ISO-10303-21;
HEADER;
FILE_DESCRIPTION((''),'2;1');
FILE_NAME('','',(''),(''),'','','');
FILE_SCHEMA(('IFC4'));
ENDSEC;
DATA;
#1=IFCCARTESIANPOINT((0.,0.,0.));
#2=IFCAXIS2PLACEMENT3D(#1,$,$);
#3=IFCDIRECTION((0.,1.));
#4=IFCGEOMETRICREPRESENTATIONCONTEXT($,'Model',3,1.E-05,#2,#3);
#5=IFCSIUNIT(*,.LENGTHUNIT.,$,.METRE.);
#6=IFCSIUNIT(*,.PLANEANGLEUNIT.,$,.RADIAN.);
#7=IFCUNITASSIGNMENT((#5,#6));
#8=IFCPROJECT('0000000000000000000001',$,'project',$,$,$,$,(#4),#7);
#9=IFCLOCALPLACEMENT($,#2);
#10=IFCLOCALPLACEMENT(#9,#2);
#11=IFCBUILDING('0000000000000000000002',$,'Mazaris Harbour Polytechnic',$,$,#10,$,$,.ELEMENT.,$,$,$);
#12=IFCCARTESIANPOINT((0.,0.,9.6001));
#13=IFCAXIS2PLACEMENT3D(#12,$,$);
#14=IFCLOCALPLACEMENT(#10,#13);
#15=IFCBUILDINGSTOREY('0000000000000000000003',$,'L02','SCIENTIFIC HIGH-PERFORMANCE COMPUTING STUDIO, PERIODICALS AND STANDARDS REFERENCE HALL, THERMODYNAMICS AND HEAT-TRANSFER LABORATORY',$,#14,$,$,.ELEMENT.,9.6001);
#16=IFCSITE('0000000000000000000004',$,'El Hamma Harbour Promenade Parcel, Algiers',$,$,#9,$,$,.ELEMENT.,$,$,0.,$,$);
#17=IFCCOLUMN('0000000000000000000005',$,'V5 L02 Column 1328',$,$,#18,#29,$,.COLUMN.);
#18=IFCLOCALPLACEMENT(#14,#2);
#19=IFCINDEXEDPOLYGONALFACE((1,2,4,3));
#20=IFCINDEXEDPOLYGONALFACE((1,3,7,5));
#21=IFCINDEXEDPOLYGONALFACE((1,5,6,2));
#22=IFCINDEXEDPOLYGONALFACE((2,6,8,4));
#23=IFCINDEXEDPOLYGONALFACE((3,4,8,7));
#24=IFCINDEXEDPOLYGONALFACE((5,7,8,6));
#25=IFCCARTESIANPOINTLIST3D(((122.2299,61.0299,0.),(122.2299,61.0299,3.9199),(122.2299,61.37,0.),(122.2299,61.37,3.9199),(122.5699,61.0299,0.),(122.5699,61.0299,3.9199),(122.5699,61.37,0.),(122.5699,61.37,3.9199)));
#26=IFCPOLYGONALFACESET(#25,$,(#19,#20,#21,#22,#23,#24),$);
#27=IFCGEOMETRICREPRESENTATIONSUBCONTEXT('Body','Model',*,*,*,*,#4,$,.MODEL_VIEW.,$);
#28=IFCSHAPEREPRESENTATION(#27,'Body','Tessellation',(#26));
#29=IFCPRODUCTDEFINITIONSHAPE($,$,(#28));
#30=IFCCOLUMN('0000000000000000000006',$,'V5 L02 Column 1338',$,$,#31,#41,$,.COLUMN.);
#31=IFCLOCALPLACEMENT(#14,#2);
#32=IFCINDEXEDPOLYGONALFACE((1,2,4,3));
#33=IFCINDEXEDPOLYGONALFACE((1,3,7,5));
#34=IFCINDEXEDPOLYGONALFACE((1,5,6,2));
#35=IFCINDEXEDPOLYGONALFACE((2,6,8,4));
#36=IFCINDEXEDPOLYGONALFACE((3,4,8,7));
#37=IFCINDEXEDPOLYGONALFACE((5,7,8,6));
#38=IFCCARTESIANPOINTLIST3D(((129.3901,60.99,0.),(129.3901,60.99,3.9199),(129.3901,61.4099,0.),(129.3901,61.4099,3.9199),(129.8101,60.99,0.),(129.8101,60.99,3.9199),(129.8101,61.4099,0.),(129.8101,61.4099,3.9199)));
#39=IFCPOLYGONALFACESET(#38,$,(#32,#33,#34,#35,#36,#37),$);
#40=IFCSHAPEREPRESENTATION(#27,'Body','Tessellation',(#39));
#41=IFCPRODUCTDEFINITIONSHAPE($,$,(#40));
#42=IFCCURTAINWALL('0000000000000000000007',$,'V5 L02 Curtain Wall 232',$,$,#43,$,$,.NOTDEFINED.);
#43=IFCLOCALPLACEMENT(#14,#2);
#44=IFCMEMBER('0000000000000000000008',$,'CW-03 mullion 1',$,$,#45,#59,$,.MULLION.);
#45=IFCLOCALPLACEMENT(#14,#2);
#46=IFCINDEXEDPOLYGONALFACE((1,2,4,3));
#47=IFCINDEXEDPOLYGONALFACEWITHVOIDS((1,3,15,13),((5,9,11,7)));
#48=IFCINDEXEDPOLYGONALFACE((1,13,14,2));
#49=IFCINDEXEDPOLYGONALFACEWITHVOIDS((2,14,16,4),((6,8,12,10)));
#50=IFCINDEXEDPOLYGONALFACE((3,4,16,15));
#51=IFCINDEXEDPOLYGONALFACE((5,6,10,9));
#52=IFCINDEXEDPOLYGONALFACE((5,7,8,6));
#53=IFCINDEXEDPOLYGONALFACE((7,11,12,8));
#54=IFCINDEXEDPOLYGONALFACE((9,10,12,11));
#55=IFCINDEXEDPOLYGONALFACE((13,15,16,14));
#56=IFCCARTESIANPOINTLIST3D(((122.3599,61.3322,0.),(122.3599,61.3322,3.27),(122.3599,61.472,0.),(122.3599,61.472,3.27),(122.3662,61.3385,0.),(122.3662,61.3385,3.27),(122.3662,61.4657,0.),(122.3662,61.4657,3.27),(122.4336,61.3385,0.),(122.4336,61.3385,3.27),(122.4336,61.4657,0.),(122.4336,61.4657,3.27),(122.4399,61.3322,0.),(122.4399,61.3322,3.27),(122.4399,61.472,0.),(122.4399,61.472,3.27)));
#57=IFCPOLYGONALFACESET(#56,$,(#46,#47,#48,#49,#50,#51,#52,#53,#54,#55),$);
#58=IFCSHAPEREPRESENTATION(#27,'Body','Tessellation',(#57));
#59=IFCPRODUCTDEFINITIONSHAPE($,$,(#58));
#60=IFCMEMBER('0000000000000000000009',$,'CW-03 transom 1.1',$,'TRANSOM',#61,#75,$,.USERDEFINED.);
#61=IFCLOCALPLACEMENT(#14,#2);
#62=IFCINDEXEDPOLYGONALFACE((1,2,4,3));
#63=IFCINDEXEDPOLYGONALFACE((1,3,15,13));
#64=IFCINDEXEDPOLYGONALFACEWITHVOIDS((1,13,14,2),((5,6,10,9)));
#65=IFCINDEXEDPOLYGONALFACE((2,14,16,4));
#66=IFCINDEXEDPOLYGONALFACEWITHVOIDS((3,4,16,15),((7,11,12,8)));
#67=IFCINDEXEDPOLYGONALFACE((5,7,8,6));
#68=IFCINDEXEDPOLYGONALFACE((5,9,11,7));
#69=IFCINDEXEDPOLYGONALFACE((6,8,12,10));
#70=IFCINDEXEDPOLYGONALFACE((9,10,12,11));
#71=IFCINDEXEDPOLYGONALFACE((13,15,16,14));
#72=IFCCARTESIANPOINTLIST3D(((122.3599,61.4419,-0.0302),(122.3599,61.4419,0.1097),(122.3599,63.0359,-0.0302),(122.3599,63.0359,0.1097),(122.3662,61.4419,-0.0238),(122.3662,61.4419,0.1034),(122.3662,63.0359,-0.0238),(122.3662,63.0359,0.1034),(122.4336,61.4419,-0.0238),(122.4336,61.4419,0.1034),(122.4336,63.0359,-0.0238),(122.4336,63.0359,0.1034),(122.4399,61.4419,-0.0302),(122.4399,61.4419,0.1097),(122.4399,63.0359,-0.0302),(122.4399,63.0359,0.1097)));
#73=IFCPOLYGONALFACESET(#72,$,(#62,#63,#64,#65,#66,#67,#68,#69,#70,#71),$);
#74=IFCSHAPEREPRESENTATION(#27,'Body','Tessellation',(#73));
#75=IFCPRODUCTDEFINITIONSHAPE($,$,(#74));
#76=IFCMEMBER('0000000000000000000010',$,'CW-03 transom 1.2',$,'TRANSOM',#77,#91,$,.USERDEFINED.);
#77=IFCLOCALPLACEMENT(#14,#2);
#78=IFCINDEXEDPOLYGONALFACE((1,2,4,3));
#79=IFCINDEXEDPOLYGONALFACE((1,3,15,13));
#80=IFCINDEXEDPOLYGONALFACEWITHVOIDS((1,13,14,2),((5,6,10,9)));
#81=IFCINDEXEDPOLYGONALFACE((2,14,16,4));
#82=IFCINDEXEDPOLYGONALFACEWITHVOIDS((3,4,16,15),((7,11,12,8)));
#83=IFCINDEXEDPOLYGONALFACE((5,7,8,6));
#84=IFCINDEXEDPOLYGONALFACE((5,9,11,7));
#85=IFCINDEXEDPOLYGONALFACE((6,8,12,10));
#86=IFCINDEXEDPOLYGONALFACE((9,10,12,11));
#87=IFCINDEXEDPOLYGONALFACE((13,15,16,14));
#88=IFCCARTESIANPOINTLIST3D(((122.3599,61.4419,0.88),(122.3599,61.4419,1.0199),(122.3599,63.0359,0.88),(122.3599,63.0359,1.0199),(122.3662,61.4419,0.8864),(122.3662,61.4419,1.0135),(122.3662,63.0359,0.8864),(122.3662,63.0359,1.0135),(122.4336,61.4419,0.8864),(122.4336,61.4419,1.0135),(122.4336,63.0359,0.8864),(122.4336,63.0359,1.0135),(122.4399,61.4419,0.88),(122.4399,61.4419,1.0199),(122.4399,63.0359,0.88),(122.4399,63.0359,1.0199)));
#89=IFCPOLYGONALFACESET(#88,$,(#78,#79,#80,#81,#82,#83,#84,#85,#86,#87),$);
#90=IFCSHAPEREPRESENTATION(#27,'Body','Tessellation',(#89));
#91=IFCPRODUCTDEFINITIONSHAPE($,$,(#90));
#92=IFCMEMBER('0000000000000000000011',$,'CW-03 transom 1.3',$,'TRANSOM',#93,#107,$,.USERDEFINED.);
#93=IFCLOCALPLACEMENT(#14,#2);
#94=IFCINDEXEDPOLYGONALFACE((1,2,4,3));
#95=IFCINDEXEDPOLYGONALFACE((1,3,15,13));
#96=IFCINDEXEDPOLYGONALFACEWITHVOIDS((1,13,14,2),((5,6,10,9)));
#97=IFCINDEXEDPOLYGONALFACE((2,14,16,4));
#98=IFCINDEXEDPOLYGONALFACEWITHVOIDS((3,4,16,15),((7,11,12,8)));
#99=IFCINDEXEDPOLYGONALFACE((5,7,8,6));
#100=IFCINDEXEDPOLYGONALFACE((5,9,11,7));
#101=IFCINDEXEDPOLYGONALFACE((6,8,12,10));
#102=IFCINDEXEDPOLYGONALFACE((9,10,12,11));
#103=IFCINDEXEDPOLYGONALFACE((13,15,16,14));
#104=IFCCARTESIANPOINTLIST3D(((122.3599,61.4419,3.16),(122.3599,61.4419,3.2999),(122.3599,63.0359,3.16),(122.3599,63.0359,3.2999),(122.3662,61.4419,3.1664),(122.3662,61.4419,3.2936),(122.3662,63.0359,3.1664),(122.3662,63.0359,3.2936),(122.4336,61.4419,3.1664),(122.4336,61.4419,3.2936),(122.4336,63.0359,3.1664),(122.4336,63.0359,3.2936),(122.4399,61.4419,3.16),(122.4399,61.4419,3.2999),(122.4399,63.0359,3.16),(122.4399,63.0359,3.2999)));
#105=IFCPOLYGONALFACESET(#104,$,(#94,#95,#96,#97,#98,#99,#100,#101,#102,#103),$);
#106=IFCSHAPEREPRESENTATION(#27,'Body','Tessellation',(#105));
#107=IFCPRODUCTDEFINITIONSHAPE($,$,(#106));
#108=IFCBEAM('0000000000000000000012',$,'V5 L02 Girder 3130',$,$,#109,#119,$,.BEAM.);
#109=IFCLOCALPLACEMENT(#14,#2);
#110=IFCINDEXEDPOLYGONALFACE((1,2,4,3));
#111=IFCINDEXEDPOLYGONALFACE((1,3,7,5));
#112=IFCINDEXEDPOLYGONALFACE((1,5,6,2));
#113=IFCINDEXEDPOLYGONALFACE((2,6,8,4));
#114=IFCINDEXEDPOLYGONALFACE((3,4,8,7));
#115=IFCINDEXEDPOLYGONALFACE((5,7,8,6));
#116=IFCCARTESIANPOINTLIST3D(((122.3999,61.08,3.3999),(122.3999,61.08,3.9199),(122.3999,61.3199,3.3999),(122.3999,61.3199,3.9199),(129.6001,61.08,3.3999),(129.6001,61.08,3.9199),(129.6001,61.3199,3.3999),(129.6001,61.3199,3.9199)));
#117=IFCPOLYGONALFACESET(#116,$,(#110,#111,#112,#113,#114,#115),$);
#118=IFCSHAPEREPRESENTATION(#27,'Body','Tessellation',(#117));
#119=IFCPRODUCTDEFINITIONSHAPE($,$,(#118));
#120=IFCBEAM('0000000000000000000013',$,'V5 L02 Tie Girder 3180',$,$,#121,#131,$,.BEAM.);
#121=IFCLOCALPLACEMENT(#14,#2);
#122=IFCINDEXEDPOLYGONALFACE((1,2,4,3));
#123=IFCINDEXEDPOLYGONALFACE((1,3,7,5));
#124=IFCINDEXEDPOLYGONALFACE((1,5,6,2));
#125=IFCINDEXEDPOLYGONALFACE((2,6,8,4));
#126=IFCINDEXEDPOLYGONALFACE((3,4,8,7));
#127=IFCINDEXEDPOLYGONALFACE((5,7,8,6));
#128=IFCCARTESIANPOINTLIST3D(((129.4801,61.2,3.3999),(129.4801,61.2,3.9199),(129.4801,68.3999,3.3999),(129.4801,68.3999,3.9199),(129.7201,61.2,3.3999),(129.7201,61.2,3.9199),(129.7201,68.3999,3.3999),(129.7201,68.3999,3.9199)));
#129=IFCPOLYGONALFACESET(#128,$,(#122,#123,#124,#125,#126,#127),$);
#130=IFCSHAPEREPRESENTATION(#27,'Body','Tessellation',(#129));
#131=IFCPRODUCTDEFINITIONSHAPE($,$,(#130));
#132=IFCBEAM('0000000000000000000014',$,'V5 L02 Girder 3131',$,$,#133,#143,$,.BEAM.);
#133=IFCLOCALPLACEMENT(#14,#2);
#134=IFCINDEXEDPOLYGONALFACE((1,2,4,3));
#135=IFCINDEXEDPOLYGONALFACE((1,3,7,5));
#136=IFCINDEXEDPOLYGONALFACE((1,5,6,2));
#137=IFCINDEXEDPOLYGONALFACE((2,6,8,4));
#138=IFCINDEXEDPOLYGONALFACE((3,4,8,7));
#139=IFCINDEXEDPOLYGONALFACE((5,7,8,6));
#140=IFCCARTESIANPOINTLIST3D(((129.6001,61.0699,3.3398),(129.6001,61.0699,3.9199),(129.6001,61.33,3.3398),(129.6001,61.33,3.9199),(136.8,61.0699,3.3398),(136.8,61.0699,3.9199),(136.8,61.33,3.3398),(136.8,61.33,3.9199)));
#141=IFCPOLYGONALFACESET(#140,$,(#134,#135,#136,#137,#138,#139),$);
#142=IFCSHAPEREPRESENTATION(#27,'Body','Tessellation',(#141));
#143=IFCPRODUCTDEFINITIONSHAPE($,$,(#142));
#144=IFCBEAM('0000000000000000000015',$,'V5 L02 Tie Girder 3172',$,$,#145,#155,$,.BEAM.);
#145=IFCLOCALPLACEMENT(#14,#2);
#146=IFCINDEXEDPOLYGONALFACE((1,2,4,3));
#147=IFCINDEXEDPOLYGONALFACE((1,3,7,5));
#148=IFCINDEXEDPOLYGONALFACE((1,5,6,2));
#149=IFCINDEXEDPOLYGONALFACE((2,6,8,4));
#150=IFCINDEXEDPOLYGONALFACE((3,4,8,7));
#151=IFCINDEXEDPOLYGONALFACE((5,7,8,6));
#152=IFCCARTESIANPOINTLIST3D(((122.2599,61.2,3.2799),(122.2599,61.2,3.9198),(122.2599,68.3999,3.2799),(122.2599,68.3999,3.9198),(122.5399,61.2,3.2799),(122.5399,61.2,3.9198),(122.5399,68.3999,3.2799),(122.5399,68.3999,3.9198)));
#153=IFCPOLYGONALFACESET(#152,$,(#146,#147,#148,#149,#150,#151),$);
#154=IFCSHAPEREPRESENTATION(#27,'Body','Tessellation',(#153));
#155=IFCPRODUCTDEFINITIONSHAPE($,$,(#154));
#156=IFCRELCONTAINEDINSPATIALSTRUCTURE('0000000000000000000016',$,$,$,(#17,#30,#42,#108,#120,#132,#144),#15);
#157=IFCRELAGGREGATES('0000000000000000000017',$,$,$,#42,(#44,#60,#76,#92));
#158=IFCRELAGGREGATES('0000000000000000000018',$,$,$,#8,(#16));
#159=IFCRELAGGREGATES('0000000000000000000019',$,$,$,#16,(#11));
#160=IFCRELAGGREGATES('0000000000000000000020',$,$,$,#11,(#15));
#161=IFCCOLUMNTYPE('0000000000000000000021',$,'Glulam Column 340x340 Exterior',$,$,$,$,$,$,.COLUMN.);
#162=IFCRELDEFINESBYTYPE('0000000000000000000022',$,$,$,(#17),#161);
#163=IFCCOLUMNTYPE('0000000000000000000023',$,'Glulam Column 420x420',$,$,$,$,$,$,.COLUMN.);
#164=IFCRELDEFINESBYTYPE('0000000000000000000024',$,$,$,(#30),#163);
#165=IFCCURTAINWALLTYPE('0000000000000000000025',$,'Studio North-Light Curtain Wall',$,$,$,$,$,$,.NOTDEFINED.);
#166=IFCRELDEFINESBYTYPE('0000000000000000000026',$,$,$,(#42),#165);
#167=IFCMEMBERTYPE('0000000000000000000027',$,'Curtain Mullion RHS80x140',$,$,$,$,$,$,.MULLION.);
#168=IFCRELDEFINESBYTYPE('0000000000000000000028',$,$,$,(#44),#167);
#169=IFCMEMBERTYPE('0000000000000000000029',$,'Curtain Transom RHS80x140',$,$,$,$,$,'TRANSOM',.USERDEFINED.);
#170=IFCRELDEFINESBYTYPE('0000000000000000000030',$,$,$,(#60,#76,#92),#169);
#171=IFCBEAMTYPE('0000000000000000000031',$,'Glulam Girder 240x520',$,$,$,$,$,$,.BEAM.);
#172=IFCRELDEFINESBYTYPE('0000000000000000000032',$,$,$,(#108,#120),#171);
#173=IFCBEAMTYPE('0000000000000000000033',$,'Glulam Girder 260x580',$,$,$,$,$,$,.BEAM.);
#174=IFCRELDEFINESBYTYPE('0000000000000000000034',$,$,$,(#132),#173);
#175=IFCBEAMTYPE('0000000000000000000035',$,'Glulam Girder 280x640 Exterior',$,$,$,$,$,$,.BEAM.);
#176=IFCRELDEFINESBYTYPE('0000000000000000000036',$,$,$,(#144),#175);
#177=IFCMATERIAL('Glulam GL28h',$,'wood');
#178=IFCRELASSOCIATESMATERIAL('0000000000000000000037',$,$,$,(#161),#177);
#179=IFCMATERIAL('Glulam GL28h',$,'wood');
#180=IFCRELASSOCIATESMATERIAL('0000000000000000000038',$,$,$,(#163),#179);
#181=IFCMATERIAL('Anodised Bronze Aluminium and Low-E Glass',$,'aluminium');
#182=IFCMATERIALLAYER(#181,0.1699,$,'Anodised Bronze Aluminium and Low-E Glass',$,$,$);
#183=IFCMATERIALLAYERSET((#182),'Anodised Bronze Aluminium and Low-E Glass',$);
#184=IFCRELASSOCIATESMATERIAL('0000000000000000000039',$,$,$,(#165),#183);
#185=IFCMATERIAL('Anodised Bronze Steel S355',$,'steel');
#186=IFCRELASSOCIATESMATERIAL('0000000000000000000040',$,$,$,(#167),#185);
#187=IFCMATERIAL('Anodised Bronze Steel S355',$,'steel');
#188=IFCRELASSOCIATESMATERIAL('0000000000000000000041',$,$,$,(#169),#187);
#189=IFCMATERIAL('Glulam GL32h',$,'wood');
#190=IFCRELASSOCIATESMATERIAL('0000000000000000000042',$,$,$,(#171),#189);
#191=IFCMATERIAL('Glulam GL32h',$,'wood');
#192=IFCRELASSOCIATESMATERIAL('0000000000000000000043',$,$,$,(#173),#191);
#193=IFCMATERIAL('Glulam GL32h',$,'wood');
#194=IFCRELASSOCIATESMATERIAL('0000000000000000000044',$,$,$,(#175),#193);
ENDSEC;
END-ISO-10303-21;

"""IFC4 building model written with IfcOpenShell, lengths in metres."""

from ifc_helpers import new_model, si_unit, direction, frame, origin, origin_2d, place, context, subcontext, project, spatial, rectangle, hollow_rectangle, extrude, material, layer, layer_set, material_profile, profile_set, type_object, element, aggregate, save


model = new_model("IFC4")

# Units and contexts
model_context = context("Model", 3, precision=1e-05, world=origin(), true_north=direction((0.0, 1.0)))
body_context = subcontext(model_context, "Body", "Model", "MODEL_VIEW")
ifc_project = project(units=[si_unit("LENGTHUNIT", "METRE"), si_unit("PLANEANGLEUNIT", "RADIAN")], contexts=[model_context])

# Site, building, storey
site_placement = place(None, origin())
site = spatial("IfcSite", under=ifc_project, at=site_placement, Name="El Hamma Harbour Promenade Parcel, Algiers", CompositionType="ELEMENT", RefElevation=0.0)
building_placement = place(site_placement, origin())
building = spatial("IfcBuilding", under=site, at=building_placement, Name="Mazaris Harbour Polytechnic", CompositionType="ELEMENT")
storey_placement = place(building_placement, frame((0.0, 0.0, 9.6001)))
storey = spatial("IfcBuildingStorey", under=building, at=storey_placement, Name="L02", Description="SCIENTIFIC HIGH-PERFORMANCE COMPUTING STUDIO, PERIODICALS AND STANDARDS REFERENCE HALL, THERMODYNAMICS AND HEAT-TRANSFER LABORATORY", CompositionType="ELEMENT", Elevation=9.6001)

# Columns
ifc_material_1 = material(Name="Glulam GL28h", Category="wood")
ifc_material_profile_1 = material_profile(ifc_material_1, rectangle(XDim=0.3401, YDim=0.3401, at=origin_2d()), Name="RECT340x340")
ifc_profile_set_1 = profile_set([ifc_material_profile_1], Name="Glulam GL28h")
column_type_1 = type_object("IfcColumnType", Name="Glulam Column 340x340 Exterior", PredefinedType="COLUMN", material=ifc_profile_set_1)
column_1_placement = place(storey_placement, frame((122.3999, 61.2, 0.0), z_axis=(0.0, 0.0, 1.0), x_axis=(1.0, 0.0, 0.0)))
element("IfcColumn", 1, at=column_1_placement, inside=storey, type_object=column_type_1, Name="V5 L02 Column 1328", PredefinedType="COLUMN", context=body_context, shape_type="SweptSolid", body=[
    extrude(rectangle(XDim=0.3401, YDim=0.3401, at=origin_2d()), origin(), (0.0, 0.0, 1.0), 3.9199),
])
ifc_material_2 = material(Name="Glulam GL28h", Category="wood")
ifc_material_profile_2 = material_profile(ifc_material_2, rectangle(XDim=0.4199, YDim=0.4199, at=origin_2d()), Name="RECT420x420")
ifc_profile_set_2 = profile_set([ifc_material_profile_2], Name="Glulam GL28h")
column_type_2 = type_object("IfcColumnType", Name="Glulam Column 420x420", PredefinedType="COLUMN", material=ifc_profile_set_2)
column_2_placement = place(storey_placement, frame((129.6001, 61.2, 0.0), z_axis=(0.0, 0.0, 1.0), x_axis=(1.0, 0.0, 0.0)))
element("IfcColumn", 2, at=column_2_placement, inside=storey, type_object=column_type_2, Name="V5 L02 Column 1338", PredefinedType="COLUMN", context=body_context, shape_type="SweptSolid", body=[
    extrude(rectangle(XDim=0.4199, YDim=0.4199, at=origin_2d()), origin(), (0.0, 0.0, 1.0), 3.9199),
])

# Curtain wall, members
ifc_material_3 = material(Name="Anodised Bronze Aluminium and Low-E Glass", Category="aluminium")
ifc_layer_1 = layer(ifc_material_3, 0.1699, Name="Anodised Bronze Aluminium and Low-E Glass")
ifc_layer_set_1 = layer_set([ifc_layer_1], Name="Anodised Bronze Aluminium and Low-E Glass")
curtain_wall_type = type_object("IfcCurtainWallType", Name="Studio North-Light Curtain Wall", PredefinedType="NOTDEFINED", material=ifc_layer_set_1)
curtain_wall_placement = place(storey_placement, origin())
curtain_wall = element("IfcCurtainWall", 3, at=curtain_wall_placement, inside=storey, type_object=curtain_wall_type, Name="V5 L02 Curtain Wall 232", PredefinedType="NOTDEFINED")
ifc_material_4 = material(Name="Anodised Bronze Steel S355", Category="steel")
ifc_material_profile_3 = material_profile(ifc_material_4, hollow_rectangle(XDim=0.0801, YDim=0.1399, WallThickness=0.0063, at=origin_2d()), Name="RHS 80x140x6.3")
ifc_profile_set_3 = profile_set([ifc_material_profile_3], Name="Anodised Bronze Steel S355")
member_type_1 = type_object("IfcMemberType", Name="Curtain Mullion RHS80x140", PredefinedType="MULLION", material=ifc_profile_set_3)
member_1_placement = place(storey_placement, frame((122.3999, 61.4021, 0.0), z_axis=(0.0, 0.0, 1.0), x_axis=(-1.0, 0.0, 0.0)))
member_1 = element("IfcMember", 4, at=member_1_placement, type_object=member_type_1, Name="CW-03 mullion 1", PredefinedType="MULLION", context=body_context, shape_type="SweptSolid", body=[
    extrude(hollow_rectangle(XDim=0.0801, YDim=0.1399, WallThickness=0.0063, at=origin_2d()), origin(), (0.0, 0.0, 1.0), 3.27),
])
ifc_material_5 = material(Name="Anodised Bronze Steel S355", Category="steel")
ifc_material_profile_4 = material_profile(ifc_material_5, hollow_rectangle(XDim=0.0801, YDim=0.1399, WallThickness=0.0063, at=origin_2d()), Name="RHS 80x140x6.3")
ifc_profile_set_4 = profile_set([ifc_material_profile_4], Name="Anodised Bronze Steel S355")
member_type_2 = type_object("IfcMemberType", Name="Curtain Transom RHS80x140", ElementType="TRANSOM", PredefinedType="USERDEFINED", material=ifc_profile_set_4)
member_2_placement = place(storey_placement, frame((122.3999, 61.4419, 0.0398), z_axis=(0.0, 1.0, 0.0), x_axis=(-1.0, 0.0, 0.0)))
member_2 = element("IfcMember", 5, at=member_2_placement, type_object=member_type_2, Name="CW-03 transom 1.1", ObjectType="TRANSOM", PredefinedType="USERDEFINED", context=body_context, shape_type="SweptSolid", body=[
    extrude(hollow_rectangle(XDim=0.0801, YDim=0.1399, WallThickness=0.0063, at=origin_2d()), origin(), (0.0, 0.0, 1.0), 1.594),
])
member_3_placement = place(storey_placement, frame((122.3999, 61.4419, 0.95), z_axis=(0.0, 1.0, 0.0), x_axis=(-1.0, 0.0, 0.0)))
member_3 = element("IfcMember", 6, at=member_3_placement, type_object=member_type_2, Name="CW-03 transom 1.2", ObjectType="TRANSOM", PredefinedType="USERDEFINED", context=body_context, shape_type="SweptSolid", body=[
    extrude(hollow_rectangle(XDim=0.0801, YDim=0.1399, WallThickness=0.0063, at=origin_2d()), origin(), (0.0, 0.0, 1.0), 1.594),
])
member_4_placement = place(storey_placement, frame((122.3999, 61.4419, 3.23), z_axis=(0.0, 1.0, 0.0), x_axis=(-1.0, 0.0, 0.0)))
member_4 = element("IfcMember", 7, at=member_4_placement, type_object=member_type_2, Name="CW-03 transom 1.3", ObjectType="TRANSOM", PredefinedType="USERDEFINED", context=body_context, shape_type="SweptSolid", body=[
    extrude(hollow_rectangle(XDim=0.0801, YDim=0.1399, WallThickness=0.0063, at=origin_2d()), origin(), (0.0, 0.0, 1.0), 1.594),
])

# Beams
ifc_material_6 = material(Name="Glulam GL32h", Category="wood")
ifc_material_profile_5 = material_profile(ifc_material_6, rectangle(XDim=0.24, YDim=0.52, at=origin_2d()), Name="RECT240x520")
ifc_profile_set_5 = profile_set([ifc_material_profile_5], Name="Glulam GL32h")
beam_type_1 = type_object("IfcBeamType", Name="Glulam Girder 240x520", PredefinedType="BEAM", material=ifc_profile_set_5)
beam_1_placement = place(storey_placement, frame((122.3999, 61.2, 3.6599), z_axis=(1.0, 0.0, 0.0), x_axis=(0.0, 1.0, 0.0)))
element("IfcBeam", 8, at=beam_1_placement, inside=storey, type_object=beam_type_1, Name="V5 L02 Girder 3130", PredefinedType="BEAM", context=body_context, shape_type="SweptSolid", body=[
    extrude(rectangle(XDim=0.24, YDim=0.52, at=origin_2d()), origin(), (0.0, 0.0, 1.0), 7.2002),
])
beam_2_placement = place(storey_placement, frame((129.6001, 61.2, 3.6599), z_axis=(0.0, 1.0, 0.0), x_axis=(-1.0, 0.0, 0.0)))
element("IfcBeam", 9, at=beam_2_placement, inside=storey, type_object=beam_type_1, Name="V5 L02 Tie Girder 3180", PredefinedType="BEAM", context=body_context, shape_type="SweptSolid", body=[
    extrude(rectangle(XDim=0.24, YDim=0.52, at=origin_2d()), origin(), (0.0, 0.0, 1.0), 7.2),
])
ifc_material_7 = material(Name="Glulam GL32h", Category="wood")
ifc_material_profile_6 = material_profile(ifc_material_7, rectangle(XDim=0.26, YDim=0.5801, at=origin_2d()), Name="RECT260x580")
ifc_profile_set_6 = profile_set([ifc_material_profile_6], Name="Glulam GL32h")
beam_type_2 = type_object("IfcBeamType", Name="Glulam Girder 260x580", PredefinedType="BEAM", material=ifc_profile_set_6)
beam_3_placement = place(storey_placement, frame((129.6001, 61.2, 3.6299), z_axis=(1.0, 0.0, 0.0), x_axis=(0.0, 1.0, 0.0)))
element("IfcBeam", 10, at=beam_3_placement, inside=storey, type_object=beam_type_2, Name="V5 L02 Girder 3131", PredefinedType="BEAM", context=body_context, shape_type="SweptSolid", body=[
    extrude(rectangle(XDim=0.26, YDim=0.5801, at=origin_2d()), origin(), (0.0, 0.0, 1.0), 7.2),
])
ifc_material_8 = material(Name="Glulam GL32h", Category="wood")
ifc_material_profile_7 = material_profile(ifc_material_8, rectangle(XDim=0.28, YDim=0.6399, at=origin_2d()), Name="RECT280x640")
ifc_profile_set_7 = profile_set([ifc_material_profile_7], Name="Glulam GL32h")
beam_type_3 = type_object("IfcBeamType", Name="Glulam Girder 280x640 Exterior", PredefinedType="BEAM", material=ifc_profile_set_7)
beam_4_placement = place(storey_placement, frame((122.3999, 61.2, 3.5999), z_axis=(0.0, 1.0, 0.0), x_axis=(-1.0, 0.0, 0.0)))
element("IfcBeam", 11, at=beam_4_placement, inside=storey, type_object=beam_type_3, Name="V5 L02 Tie Girder 3172", PredefinedType="BEAM", context=body_context, shape_type="SweptSolid", body=[
    extrude(rectangle(XDim=0.28, YDim=0.6399, at=origin_2d()), origin(), (0.0, 0.0, 1.0), 7.2),
])

aggregate(curtain_wall, [member_1, member_2, member_3, member_4])

save(model, "model.ifc")
